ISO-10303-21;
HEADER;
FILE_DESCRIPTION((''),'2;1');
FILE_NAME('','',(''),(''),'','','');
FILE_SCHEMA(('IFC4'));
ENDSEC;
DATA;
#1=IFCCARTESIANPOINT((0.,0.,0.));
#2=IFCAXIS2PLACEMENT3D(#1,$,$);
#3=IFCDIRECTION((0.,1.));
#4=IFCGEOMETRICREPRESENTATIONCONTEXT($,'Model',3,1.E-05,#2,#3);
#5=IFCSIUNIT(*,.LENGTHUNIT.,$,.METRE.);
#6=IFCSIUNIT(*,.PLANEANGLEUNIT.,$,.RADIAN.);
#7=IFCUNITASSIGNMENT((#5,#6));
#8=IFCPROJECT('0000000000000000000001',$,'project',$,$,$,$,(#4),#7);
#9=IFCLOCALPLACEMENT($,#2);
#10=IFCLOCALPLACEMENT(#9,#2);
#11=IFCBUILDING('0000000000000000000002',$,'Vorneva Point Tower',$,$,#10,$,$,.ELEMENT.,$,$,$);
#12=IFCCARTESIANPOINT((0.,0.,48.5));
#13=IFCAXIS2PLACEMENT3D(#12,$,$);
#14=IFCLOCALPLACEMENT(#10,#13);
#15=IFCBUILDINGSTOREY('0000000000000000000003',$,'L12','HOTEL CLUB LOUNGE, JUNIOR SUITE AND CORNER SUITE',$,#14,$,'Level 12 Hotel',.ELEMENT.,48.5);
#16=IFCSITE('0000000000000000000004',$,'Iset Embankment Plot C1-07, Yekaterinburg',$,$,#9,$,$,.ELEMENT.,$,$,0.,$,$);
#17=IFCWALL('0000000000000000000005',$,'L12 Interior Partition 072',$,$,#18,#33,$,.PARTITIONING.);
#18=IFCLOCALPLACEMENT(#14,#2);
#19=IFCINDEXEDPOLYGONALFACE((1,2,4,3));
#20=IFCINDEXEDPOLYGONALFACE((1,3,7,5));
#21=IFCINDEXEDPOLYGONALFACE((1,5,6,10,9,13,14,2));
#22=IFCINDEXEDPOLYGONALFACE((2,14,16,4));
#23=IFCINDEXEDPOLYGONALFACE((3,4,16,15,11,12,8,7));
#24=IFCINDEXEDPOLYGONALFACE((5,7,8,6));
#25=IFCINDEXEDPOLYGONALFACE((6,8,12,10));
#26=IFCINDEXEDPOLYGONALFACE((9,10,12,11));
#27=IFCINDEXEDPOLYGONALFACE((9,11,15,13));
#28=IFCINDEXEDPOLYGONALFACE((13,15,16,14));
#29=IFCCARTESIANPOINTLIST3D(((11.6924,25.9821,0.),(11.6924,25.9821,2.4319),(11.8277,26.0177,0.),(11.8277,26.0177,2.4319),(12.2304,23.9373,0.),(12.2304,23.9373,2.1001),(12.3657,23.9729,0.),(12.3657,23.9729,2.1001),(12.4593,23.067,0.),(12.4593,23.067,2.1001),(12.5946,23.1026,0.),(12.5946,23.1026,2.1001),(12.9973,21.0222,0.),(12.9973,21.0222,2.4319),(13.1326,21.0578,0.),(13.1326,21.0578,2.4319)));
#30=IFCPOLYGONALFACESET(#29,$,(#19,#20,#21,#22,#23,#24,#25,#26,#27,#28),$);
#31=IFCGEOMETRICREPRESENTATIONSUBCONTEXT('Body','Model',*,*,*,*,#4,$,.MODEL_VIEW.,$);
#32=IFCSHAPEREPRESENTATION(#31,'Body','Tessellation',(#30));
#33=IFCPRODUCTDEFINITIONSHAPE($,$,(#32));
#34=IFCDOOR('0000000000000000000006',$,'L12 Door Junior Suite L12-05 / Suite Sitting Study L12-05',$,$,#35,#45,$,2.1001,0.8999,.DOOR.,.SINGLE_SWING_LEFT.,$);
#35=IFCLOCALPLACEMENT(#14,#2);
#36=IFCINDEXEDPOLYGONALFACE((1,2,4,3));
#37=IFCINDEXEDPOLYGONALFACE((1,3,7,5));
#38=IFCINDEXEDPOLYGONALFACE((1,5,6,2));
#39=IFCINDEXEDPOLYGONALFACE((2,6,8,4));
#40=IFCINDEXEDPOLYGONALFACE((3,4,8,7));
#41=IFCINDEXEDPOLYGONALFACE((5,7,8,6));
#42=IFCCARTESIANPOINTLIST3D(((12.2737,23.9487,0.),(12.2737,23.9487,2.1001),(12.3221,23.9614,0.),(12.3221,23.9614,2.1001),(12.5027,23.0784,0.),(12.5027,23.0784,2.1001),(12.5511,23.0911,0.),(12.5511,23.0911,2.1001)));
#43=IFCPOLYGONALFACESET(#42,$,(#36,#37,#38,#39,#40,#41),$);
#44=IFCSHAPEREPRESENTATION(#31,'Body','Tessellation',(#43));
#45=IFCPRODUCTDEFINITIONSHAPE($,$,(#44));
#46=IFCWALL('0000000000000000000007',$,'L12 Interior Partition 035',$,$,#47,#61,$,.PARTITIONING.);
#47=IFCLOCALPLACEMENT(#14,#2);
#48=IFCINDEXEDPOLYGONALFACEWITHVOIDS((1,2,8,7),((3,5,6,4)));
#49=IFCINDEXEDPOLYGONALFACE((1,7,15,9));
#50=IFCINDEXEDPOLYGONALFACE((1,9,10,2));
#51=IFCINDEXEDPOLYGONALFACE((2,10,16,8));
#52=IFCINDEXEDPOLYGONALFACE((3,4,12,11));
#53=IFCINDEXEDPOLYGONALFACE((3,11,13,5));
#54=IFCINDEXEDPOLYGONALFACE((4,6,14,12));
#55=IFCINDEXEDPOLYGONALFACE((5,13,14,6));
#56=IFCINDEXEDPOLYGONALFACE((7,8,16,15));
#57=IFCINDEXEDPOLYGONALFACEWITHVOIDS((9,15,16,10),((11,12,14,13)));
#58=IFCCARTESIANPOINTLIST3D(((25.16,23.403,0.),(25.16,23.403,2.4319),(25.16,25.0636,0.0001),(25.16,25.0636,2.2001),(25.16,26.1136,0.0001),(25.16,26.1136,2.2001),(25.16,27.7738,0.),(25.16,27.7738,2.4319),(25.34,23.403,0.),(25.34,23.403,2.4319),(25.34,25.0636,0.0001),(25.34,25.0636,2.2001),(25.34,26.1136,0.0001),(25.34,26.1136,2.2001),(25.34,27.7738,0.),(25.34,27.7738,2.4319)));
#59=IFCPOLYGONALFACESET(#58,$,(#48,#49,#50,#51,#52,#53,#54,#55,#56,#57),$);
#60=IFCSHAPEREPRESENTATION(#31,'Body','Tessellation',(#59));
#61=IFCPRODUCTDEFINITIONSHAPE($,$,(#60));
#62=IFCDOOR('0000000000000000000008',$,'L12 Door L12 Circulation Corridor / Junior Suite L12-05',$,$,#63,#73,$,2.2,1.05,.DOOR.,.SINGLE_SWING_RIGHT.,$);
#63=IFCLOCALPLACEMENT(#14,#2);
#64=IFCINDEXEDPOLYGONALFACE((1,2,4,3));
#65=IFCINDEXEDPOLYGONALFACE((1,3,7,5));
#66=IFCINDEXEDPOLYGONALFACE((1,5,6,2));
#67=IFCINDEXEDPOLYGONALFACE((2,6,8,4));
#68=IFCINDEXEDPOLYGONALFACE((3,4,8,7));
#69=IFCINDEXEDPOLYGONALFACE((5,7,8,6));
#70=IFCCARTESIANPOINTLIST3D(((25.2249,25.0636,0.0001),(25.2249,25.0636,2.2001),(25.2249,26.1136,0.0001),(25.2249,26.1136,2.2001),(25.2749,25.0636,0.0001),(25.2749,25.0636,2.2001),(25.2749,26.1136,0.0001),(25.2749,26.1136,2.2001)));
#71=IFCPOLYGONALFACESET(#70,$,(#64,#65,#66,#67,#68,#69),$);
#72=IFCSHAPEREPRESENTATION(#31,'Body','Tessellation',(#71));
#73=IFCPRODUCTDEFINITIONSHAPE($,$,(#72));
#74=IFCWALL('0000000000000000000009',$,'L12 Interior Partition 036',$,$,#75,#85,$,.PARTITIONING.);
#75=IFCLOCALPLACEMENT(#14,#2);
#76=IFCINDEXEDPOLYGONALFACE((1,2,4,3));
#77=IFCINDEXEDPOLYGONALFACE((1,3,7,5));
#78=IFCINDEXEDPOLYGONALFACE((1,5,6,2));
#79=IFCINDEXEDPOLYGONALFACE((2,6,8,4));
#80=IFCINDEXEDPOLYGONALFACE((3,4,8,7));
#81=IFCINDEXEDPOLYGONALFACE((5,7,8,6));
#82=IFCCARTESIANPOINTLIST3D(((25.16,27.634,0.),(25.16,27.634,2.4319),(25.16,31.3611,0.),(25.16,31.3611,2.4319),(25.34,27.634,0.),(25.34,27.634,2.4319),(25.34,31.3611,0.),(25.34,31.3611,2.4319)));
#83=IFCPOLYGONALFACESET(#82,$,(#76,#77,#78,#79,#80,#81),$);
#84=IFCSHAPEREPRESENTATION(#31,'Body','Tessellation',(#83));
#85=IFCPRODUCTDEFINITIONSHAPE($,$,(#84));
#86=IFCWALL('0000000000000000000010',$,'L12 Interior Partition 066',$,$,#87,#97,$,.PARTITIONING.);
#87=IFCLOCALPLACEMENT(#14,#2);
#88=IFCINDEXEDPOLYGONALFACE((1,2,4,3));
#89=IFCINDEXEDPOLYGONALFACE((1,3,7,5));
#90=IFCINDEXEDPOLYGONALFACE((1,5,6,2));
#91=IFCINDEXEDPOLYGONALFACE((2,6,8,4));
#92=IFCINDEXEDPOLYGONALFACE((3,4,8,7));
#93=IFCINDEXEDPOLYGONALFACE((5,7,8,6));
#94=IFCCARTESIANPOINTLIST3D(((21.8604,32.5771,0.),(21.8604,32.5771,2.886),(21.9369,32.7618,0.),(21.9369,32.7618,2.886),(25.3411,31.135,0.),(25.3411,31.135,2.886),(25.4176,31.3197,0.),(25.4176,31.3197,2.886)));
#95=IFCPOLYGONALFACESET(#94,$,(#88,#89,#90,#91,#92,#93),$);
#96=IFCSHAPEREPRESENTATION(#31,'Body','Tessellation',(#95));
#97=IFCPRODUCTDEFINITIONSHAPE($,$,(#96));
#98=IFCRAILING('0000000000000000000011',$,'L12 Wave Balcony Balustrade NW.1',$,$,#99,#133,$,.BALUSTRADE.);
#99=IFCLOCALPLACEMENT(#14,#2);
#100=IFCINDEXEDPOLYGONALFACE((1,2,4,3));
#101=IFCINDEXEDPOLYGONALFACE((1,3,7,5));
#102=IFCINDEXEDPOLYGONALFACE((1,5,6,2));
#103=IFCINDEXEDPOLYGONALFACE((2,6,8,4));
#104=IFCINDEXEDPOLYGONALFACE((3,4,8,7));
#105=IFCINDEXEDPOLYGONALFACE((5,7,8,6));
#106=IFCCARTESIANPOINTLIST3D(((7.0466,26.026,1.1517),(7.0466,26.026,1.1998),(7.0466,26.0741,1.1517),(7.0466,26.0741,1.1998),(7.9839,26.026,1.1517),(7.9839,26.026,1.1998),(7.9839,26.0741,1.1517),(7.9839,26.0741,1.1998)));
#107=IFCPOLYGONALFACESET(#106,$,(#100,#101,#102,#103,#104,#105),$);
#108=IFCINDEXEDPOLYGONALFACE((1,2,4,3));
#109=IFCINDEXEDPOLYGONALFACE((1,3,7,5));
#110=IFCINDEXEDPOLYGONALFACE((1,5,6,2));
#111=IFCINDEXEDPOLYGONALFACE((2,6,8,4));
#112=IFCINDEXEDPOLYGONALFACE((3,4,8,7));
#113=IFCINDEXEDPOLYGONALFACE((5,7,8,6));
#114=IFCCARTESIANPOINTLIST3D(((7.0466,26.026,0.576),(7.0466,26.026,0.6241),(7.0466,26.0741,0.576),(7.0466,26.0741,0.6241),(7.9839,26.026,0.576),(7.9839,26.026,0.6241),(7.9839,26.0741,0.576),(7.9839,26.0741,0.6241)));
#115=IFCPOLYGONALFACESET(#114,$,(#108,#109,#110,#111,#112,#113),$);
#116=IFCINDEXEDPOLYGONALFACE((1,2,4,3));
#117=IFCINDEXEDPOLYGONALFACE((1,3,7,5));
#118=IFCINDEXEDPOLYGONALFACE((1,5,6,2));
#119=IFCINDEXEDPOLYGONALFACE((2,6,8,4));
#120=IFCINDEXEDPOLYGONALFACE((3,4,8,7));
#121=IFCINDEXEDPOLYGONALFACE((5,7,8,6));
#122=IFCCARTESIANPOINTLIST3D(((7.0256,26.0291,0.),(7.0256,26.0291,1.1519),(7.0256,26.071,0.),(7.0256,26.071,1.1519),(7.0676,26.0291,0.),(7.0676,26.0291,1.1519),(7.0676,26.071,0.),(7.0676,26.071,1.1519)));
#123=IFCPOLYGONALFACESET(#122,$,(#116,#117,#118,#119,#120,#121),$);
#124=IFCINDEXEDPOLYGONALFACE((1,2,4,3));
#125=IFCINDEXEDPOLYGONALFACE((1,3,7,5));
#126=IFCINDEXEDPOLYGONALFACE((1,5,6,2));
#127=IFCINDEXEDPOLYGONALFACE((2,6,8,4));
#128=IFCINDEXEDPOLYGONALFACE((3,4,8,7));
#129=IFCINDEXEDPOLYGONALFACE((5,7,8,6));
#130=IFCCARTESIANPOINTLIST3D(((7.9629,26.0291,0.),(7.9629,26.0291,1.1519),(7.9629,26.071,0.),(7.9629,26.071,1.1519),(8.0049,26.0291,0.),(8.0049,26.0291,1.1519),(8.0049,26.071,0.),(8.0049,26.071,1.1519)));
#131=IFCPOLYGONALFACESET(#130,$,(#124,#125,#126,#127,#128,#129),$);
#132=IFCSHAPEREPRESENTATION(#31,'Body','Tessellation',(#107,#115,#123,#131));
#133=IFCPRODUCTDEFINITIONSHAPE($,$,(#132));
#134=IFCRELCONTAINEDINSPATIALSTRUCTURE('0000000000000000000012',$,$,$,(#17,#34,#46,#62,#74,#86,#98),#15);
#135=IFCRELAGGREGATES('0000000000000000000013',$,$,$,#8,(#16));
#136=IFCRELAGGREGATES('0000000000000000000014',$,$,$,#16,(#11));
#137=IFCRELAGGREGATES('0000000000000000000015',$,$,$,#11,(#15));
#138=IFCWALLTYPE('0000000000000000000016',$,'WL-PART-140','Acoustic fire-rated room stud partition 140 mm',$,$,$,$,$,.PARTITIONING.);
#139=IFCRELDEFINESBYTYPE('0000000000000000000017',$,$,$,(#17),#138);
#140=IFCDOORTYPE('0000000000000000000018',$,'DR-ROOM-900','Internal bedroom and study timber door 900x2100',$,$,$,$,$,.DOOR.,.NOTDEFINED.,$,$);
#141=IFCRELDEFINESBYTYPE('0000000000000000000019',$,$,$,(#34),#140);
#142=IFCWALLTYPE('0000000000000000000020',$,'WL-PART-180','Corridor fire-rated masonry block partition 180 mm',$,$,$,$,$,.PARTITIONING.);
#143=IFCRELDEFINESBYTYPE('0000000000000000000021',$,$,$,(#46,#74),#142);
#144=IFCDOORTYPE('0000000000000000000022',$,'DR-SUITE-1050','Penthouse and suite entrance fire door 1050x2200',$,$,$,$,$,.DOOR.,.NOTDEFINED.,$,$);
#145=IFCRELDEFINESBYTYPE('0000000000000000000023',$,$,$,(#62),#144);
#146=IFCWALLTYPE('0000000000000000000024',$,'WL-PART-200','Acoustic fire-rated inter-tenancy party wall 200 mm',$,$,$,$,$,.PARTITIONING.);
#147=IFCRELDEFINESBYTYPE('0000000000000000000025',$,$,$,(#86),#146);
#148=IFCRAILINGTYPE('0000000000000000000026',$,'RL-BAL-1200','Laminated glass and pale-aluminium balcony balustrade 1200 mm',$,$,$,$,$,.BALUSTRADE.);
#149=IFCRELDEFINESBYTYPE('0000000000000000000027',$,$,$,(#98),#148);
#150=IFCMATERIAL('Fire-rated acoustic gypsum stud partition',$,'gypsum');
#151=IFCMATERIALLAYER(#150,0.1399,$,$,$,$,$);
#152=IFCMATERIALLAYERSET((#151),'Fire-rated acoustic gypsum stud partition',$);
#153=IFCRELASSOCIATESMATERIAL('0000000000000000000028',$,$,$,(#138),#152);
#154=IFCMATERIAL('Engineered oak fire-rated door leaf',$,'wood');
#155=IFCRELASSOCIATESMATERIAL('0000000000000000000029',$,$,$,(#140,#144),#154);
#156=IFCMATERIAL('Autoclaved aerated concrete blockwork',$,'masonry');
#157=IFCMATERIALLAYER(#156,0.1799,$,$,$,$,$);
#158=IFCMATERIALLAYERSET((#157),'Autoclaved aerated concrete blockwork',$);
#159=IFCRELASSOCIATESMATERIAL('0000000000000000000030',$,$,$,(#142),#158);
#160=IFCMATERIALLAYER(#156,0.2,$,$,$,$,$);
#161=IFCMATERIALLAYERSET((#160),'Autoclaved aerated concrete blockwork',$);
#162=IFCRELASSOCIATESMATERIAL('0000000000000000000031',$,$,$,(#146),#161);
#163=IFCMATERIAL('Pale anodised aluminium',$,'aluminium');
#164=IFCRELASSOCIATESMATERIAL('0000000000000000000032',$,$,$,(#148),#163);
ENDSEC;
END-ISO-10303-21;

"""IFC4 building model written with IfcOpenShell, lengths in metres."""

from ifc_helpers import new_model, si_unit, direction, frame, frame_2d, origin, origin_2d, place, context, subcontext, project, spatial, rectangle, extrude, material, layer, layer_set, type_object, element, fill, save


model = new_model("IFC4")

# Units and contexts
model_context = context("Model", 3, precision=1e-05, world=origin(), true_north=direction((0.0, 1.0)))
body_context = subcontext(model_context, "Body", "Model", "MODEL_VIEW")
ifc_project = project(units=[si_unit("LENGTHUNIT", "METRE"), si_unit("PLANEANGLEUNIT", "RADIAN")], contexts=[model_context])

# Site, building, storey
site_placement = place(None, origin())
site = spatial("IfcSite", under=ifc_project, at=site_placement, Name="Iset Embankment Plot C1-07, Yekaterinburg", CompositionType="ELEMENT", RefElevation=0.0)
building_placement = place(site_placement, origin())
building = spatial("IfcBuilding", under=site, at=building_placement, Name="Vorneva Point Tower", CompositionType="ELEMENT")
storey_placement = place(building_placement, frame((0.0, 0.0, 48.5)))
storey = spatial("IfcBuildingStorey", under=building, at=storey_placement, Name="L12", Description="HOTEL CLUB LOUNGE, JUNIOR SUITE AND CORNER SUITE", LongName="Level 12 Hotel", CompositionType="ELEMENT", Elevation=48.5)

# Shared definitions
ifc_material_1 = material(Name="Pale anodised aluminium", Category="aluminium")

# Shared definitions
ifc_material_2 = material(Name="Fire-rated acoustic gypsum stud partition", Category="gypsum")
ifc_material_3 = material(Name="Engineered oak fire-rated door leaf", Category="wood")

# Shared definitions
ifc_layer_1 = layer(ifc_material_2, 0.1399)
ifc_layer_set_1 = layer_set([ifc_layer_1], Name="Fire-rated acoustic gypsum stud partition")
wall_type_1 = type_object("IfcWallType", Name="WL-PART-140", Description="Acoustic fire-rated room stud partition 140 mm", PredefinedType="PARTITIONING", material=ifc_layer_set_1)

# Walls, openings, doors
wall_1_placement = place(storey_placement, frame((11.76, 26.0, 0.0), z_axis=(0.0, 0.0, 1.0), x_axis=(0.254435, -0.96709, 0.0)))
wall_1 = element("IfcWall", 1, at=wall_1_placement, inside=storey, type_object=wall_type_1, Name="L12 Interior Partition 072", PredefinedType="PARTITIONING", context=body_context, shape_type="SweptSolid", body=[
    extrude(rectangle(XDim=5.1287, YDim=0.1399, at=frame_2d((2.5645, 0.0))), origin(), (0.0, 0.0, 1.0), 2.4319),
])
opening_1_placement = place(wall_1_placement, frame((2.1145, 0.0, 0.0)))
opening_1 = element("IfcOpeningElement", 2, at=opening_1_placement, cuts=wall_1, PredefinedType="OPENING", context=body_context, shape_type="SweptSolid", body=[
    extrude(rectangle(XDim=0.8999, YDim=2.1001, at=frame_2d((0.45, 1.05))), frame((0.0, 0.085, 0.0), z_axis=(0.0, -1.0, 0.0), x_axis=(1.0, 0.0, 0.0)), (0.0, 0.0, 1.0), 0.1697),
])
door_type_1 = type_object("IfcDoorType", Name="DR-ROOM-900", Description="Internal bedroom and study timber door 900x2100", OperationType="NOTDEFINED", PredefinedType="DOOR", material=ifc_material_3)
door_1_placement = place(opening_1_placement, origin())
door_1 = element("IfcDoor", 3, at=door_1_placement, inside=storey, type_object=door_type_1, Name="L12 Door Junior Suite L12-05 / Suite Sitting Study L12-05", OperationType="SINGLE_SWING_LEFT", OverallHeight=2.1001, OverallWidth=0.8999, PredefinedType="DOOR", context=body_context, shape_type="SweptSolid", body=[
    extrude(rectangle(XDim=0.8999, YDim=2.1001, at=frame_2d((0.45, 1.05))), frame((0.0, 0.0249, 0.0), z_axis=(0.0, -1.0, 0.0), x_axis=(1.0, 0.0, 0.0)), (0.0, 0.0, 1.0), 0.05),
])
fill(opening_1, door_1)
ifc_material_4 = material(Name="Autoclaved aerated concrete blockwork", Category="masonry")
ifc_layer_2 = layer(ifc_material_4, 0.1799)
ifc_layer_set_2 = layer_set([ifc_layer_2], Name="Autoclaved aerated concrete blockwork")
wall_type_2 = type_object("IfcWallType", Name="WL-PART-180", Description="Corridor fire-rated masonry block partition 180 mm", PredefinedType="PARTITIONING", material=ifc_layer_set_2)
wall_2_placement = place(storey_placement, frame((25.25, 27.7739, 0.0), z_axis=(0.0, 0.0, 1.0), x_axis=(0.0, -1.0, 0.0)))
wall_2 = element("IfcWall", 4, at=wall_2_placement, inside=storey, type_object=wall_type_2, Name="L12 Interior Partition 035", PredefinedType="PARTITIONING", context=body_context, shape_type="SweptSolid", body=[
    extrude(rectangle(XDim=4.3708, YDim=0.1799, at=frame_2d((2.1855, 0.0))), origin(), (0.0, 0.0, 1.0), 2.4319),
])
opening_2_placement = place(wall_2_placement, frame((1.6604, 0.0, 0.0)))
opening_2 = element("IfcOpeningElement", 5, at=opening_2_placement, cuts=wall_2, PredefinedType="OPENING", context=body_context, shape_type="SweptSolid", body=[
    extrude(rectangle(XDim=1.05, YDim=2.2, at=frame_2d((0.5249, 1.1001))), frame((0.0, 0.105, 0.0), z_axis=(0.0, -1.0, 0.0), x_axis=(1.0, 0.0, 0.0)), (0.0, 0.0, 1.0), 0.2097),
])
door_type_2 = type_object("IfcDoorType", Name="DR-SUITE-1050", Description="Penthouse and suite entrance fire door 1050x2200", OperationType="NOTDEFINED", PredefinedType="DOOR", material=ifc_material_3)
door_2_placement = place(opening_2_placement, origin())
door_2 = element("IfcDoor", 6, at=door_2_placement, inside=storey, type_object=door_type_2, Name="L12 Door L12 Circulation Corridor / Junior Suite L12-05", OperationType="SINGLE_SWING_RIGHT", OverallHeight=2.2, OverallWidth=1.05, PredefinedType="DOOR", context=body_context, shape_type="SweptSolid", body=[
    extrude(rectangle(XDim=1.05, YDim=2.2, at=frame_2d((0.5249, 1.1001))), frame((0.0, 0.0249, 0.0), z_axis=(0.0, -1.0, 0.0), x_axis=(1.0, 0.0, 0.0)), (0.0, 0.0, 1.0), 0.05),
])
fill(opening_2, door_2)

# Walls
wall_3_placement = place(storey_placement, frame((25.25, 31.3611, 0.0), z_axis=(0.0, 0.0, 1.0), x_axis=(0.0, -1.0, 0.0)))
element("IfcWall", 7, at=wall_3_placement, inside=storey, type_object=wall_type_2, Name="L12 Interior Partition 036", PredefinedType="PARTITIONING", context=body_context, shape_type="SweptSolid", body=[
    extrude(rectangle(XDim=3.7271, YDim=0.1799, at=frame_2d((1.8635, 0.0))), origin(), (0.0, 0.0, 1.0), 2.4319),
])
ifc_layer_3 = layer(ifc_material_4, 0.2)
ifc_layer_set_3 = layer_set([ifc_layer_3], Name="Autoclaved aerated concrete blockwork")
wall_type_3 = type_object("IfcWallType", Name="WL-PART-200", Description="Acoustic fire-rated inter-tenancy party wall 200 mm", PredefinedType="PARTITIONING", material=ifc_layer_set_3)
wall_4_placement = place(storey_placement, frame((21.8987, 32.6694, 0.0), z_axis=(0.0, 0.0, 1.0), x_axis=(0.923844, -0.38277, 0.0)))
element("IfcWall", 8, at=wall_4_placement, inside=storey, type_object=wall_type_3, Name="L12 Interior Partition 066", PredefinedType="PARTITIONING", context=body_context, shape_type="SweptSolid", body=[
    extrude(rectangle(XDim=3.7676, YDim=0.2, at=frame_2d((1.8838, 0.0))), origin(), (0.0, 0.0, 1.0), 2.886),
])

# Railing
railing_type = type_object("IfcRailingType", Name="RL-BAL-1200", Description="Laminated glass and pale-aluminium balcony balustrade 1200 mm", PredefinedType="BALUSTRADE", material=ifc_material_1)
railing_placement = place(storey_placement, frame((7.0466, 26.05, 0.0)))
element("IfcRailing", 9, at=railing_placement, inside=storey, type_object=railing_type, Name="L12 Wave Balcony Balustrade NW.1", PredefinedType="BALUSTRADE", context=body_context, shape_type="SweptSolid", body=[
    extrude(rectangle(XDim=0.0481, YDim=0.0481, at=origin_2d()), frame((0.0, 0.0, 1.1758), z_axis=(1.0, 0.0, 0.0), x_axis=(0.0, 1.0, 0.0)), (0.0, 0.0, 1.0), 0.9373),
    extrude(rectangle(XDim=0.0481, YDim=0.0481, at=origin_2d()), frame((0.0, 0.0, 0.6001), z_axis=(1.0, 0.0, 0.0), x_axis=(0.0, 1.0, 0.0)), (0.0, 0.0, 1.0), 0.9373),
    extrude(rectangle(XDim=0.042, YDim=0.042, at=origin_2d()), origin(), (0.0, 0.0, 1.0), 1.1519),
    extrude(rectangle(XDim=0.042, YDim=0.042, at=origin_2d()), frame((0.9373, 0.0, 0.0)), (0.0, 0.0, 1.0), 1.1519),
])

save(model, "model.ifc")
